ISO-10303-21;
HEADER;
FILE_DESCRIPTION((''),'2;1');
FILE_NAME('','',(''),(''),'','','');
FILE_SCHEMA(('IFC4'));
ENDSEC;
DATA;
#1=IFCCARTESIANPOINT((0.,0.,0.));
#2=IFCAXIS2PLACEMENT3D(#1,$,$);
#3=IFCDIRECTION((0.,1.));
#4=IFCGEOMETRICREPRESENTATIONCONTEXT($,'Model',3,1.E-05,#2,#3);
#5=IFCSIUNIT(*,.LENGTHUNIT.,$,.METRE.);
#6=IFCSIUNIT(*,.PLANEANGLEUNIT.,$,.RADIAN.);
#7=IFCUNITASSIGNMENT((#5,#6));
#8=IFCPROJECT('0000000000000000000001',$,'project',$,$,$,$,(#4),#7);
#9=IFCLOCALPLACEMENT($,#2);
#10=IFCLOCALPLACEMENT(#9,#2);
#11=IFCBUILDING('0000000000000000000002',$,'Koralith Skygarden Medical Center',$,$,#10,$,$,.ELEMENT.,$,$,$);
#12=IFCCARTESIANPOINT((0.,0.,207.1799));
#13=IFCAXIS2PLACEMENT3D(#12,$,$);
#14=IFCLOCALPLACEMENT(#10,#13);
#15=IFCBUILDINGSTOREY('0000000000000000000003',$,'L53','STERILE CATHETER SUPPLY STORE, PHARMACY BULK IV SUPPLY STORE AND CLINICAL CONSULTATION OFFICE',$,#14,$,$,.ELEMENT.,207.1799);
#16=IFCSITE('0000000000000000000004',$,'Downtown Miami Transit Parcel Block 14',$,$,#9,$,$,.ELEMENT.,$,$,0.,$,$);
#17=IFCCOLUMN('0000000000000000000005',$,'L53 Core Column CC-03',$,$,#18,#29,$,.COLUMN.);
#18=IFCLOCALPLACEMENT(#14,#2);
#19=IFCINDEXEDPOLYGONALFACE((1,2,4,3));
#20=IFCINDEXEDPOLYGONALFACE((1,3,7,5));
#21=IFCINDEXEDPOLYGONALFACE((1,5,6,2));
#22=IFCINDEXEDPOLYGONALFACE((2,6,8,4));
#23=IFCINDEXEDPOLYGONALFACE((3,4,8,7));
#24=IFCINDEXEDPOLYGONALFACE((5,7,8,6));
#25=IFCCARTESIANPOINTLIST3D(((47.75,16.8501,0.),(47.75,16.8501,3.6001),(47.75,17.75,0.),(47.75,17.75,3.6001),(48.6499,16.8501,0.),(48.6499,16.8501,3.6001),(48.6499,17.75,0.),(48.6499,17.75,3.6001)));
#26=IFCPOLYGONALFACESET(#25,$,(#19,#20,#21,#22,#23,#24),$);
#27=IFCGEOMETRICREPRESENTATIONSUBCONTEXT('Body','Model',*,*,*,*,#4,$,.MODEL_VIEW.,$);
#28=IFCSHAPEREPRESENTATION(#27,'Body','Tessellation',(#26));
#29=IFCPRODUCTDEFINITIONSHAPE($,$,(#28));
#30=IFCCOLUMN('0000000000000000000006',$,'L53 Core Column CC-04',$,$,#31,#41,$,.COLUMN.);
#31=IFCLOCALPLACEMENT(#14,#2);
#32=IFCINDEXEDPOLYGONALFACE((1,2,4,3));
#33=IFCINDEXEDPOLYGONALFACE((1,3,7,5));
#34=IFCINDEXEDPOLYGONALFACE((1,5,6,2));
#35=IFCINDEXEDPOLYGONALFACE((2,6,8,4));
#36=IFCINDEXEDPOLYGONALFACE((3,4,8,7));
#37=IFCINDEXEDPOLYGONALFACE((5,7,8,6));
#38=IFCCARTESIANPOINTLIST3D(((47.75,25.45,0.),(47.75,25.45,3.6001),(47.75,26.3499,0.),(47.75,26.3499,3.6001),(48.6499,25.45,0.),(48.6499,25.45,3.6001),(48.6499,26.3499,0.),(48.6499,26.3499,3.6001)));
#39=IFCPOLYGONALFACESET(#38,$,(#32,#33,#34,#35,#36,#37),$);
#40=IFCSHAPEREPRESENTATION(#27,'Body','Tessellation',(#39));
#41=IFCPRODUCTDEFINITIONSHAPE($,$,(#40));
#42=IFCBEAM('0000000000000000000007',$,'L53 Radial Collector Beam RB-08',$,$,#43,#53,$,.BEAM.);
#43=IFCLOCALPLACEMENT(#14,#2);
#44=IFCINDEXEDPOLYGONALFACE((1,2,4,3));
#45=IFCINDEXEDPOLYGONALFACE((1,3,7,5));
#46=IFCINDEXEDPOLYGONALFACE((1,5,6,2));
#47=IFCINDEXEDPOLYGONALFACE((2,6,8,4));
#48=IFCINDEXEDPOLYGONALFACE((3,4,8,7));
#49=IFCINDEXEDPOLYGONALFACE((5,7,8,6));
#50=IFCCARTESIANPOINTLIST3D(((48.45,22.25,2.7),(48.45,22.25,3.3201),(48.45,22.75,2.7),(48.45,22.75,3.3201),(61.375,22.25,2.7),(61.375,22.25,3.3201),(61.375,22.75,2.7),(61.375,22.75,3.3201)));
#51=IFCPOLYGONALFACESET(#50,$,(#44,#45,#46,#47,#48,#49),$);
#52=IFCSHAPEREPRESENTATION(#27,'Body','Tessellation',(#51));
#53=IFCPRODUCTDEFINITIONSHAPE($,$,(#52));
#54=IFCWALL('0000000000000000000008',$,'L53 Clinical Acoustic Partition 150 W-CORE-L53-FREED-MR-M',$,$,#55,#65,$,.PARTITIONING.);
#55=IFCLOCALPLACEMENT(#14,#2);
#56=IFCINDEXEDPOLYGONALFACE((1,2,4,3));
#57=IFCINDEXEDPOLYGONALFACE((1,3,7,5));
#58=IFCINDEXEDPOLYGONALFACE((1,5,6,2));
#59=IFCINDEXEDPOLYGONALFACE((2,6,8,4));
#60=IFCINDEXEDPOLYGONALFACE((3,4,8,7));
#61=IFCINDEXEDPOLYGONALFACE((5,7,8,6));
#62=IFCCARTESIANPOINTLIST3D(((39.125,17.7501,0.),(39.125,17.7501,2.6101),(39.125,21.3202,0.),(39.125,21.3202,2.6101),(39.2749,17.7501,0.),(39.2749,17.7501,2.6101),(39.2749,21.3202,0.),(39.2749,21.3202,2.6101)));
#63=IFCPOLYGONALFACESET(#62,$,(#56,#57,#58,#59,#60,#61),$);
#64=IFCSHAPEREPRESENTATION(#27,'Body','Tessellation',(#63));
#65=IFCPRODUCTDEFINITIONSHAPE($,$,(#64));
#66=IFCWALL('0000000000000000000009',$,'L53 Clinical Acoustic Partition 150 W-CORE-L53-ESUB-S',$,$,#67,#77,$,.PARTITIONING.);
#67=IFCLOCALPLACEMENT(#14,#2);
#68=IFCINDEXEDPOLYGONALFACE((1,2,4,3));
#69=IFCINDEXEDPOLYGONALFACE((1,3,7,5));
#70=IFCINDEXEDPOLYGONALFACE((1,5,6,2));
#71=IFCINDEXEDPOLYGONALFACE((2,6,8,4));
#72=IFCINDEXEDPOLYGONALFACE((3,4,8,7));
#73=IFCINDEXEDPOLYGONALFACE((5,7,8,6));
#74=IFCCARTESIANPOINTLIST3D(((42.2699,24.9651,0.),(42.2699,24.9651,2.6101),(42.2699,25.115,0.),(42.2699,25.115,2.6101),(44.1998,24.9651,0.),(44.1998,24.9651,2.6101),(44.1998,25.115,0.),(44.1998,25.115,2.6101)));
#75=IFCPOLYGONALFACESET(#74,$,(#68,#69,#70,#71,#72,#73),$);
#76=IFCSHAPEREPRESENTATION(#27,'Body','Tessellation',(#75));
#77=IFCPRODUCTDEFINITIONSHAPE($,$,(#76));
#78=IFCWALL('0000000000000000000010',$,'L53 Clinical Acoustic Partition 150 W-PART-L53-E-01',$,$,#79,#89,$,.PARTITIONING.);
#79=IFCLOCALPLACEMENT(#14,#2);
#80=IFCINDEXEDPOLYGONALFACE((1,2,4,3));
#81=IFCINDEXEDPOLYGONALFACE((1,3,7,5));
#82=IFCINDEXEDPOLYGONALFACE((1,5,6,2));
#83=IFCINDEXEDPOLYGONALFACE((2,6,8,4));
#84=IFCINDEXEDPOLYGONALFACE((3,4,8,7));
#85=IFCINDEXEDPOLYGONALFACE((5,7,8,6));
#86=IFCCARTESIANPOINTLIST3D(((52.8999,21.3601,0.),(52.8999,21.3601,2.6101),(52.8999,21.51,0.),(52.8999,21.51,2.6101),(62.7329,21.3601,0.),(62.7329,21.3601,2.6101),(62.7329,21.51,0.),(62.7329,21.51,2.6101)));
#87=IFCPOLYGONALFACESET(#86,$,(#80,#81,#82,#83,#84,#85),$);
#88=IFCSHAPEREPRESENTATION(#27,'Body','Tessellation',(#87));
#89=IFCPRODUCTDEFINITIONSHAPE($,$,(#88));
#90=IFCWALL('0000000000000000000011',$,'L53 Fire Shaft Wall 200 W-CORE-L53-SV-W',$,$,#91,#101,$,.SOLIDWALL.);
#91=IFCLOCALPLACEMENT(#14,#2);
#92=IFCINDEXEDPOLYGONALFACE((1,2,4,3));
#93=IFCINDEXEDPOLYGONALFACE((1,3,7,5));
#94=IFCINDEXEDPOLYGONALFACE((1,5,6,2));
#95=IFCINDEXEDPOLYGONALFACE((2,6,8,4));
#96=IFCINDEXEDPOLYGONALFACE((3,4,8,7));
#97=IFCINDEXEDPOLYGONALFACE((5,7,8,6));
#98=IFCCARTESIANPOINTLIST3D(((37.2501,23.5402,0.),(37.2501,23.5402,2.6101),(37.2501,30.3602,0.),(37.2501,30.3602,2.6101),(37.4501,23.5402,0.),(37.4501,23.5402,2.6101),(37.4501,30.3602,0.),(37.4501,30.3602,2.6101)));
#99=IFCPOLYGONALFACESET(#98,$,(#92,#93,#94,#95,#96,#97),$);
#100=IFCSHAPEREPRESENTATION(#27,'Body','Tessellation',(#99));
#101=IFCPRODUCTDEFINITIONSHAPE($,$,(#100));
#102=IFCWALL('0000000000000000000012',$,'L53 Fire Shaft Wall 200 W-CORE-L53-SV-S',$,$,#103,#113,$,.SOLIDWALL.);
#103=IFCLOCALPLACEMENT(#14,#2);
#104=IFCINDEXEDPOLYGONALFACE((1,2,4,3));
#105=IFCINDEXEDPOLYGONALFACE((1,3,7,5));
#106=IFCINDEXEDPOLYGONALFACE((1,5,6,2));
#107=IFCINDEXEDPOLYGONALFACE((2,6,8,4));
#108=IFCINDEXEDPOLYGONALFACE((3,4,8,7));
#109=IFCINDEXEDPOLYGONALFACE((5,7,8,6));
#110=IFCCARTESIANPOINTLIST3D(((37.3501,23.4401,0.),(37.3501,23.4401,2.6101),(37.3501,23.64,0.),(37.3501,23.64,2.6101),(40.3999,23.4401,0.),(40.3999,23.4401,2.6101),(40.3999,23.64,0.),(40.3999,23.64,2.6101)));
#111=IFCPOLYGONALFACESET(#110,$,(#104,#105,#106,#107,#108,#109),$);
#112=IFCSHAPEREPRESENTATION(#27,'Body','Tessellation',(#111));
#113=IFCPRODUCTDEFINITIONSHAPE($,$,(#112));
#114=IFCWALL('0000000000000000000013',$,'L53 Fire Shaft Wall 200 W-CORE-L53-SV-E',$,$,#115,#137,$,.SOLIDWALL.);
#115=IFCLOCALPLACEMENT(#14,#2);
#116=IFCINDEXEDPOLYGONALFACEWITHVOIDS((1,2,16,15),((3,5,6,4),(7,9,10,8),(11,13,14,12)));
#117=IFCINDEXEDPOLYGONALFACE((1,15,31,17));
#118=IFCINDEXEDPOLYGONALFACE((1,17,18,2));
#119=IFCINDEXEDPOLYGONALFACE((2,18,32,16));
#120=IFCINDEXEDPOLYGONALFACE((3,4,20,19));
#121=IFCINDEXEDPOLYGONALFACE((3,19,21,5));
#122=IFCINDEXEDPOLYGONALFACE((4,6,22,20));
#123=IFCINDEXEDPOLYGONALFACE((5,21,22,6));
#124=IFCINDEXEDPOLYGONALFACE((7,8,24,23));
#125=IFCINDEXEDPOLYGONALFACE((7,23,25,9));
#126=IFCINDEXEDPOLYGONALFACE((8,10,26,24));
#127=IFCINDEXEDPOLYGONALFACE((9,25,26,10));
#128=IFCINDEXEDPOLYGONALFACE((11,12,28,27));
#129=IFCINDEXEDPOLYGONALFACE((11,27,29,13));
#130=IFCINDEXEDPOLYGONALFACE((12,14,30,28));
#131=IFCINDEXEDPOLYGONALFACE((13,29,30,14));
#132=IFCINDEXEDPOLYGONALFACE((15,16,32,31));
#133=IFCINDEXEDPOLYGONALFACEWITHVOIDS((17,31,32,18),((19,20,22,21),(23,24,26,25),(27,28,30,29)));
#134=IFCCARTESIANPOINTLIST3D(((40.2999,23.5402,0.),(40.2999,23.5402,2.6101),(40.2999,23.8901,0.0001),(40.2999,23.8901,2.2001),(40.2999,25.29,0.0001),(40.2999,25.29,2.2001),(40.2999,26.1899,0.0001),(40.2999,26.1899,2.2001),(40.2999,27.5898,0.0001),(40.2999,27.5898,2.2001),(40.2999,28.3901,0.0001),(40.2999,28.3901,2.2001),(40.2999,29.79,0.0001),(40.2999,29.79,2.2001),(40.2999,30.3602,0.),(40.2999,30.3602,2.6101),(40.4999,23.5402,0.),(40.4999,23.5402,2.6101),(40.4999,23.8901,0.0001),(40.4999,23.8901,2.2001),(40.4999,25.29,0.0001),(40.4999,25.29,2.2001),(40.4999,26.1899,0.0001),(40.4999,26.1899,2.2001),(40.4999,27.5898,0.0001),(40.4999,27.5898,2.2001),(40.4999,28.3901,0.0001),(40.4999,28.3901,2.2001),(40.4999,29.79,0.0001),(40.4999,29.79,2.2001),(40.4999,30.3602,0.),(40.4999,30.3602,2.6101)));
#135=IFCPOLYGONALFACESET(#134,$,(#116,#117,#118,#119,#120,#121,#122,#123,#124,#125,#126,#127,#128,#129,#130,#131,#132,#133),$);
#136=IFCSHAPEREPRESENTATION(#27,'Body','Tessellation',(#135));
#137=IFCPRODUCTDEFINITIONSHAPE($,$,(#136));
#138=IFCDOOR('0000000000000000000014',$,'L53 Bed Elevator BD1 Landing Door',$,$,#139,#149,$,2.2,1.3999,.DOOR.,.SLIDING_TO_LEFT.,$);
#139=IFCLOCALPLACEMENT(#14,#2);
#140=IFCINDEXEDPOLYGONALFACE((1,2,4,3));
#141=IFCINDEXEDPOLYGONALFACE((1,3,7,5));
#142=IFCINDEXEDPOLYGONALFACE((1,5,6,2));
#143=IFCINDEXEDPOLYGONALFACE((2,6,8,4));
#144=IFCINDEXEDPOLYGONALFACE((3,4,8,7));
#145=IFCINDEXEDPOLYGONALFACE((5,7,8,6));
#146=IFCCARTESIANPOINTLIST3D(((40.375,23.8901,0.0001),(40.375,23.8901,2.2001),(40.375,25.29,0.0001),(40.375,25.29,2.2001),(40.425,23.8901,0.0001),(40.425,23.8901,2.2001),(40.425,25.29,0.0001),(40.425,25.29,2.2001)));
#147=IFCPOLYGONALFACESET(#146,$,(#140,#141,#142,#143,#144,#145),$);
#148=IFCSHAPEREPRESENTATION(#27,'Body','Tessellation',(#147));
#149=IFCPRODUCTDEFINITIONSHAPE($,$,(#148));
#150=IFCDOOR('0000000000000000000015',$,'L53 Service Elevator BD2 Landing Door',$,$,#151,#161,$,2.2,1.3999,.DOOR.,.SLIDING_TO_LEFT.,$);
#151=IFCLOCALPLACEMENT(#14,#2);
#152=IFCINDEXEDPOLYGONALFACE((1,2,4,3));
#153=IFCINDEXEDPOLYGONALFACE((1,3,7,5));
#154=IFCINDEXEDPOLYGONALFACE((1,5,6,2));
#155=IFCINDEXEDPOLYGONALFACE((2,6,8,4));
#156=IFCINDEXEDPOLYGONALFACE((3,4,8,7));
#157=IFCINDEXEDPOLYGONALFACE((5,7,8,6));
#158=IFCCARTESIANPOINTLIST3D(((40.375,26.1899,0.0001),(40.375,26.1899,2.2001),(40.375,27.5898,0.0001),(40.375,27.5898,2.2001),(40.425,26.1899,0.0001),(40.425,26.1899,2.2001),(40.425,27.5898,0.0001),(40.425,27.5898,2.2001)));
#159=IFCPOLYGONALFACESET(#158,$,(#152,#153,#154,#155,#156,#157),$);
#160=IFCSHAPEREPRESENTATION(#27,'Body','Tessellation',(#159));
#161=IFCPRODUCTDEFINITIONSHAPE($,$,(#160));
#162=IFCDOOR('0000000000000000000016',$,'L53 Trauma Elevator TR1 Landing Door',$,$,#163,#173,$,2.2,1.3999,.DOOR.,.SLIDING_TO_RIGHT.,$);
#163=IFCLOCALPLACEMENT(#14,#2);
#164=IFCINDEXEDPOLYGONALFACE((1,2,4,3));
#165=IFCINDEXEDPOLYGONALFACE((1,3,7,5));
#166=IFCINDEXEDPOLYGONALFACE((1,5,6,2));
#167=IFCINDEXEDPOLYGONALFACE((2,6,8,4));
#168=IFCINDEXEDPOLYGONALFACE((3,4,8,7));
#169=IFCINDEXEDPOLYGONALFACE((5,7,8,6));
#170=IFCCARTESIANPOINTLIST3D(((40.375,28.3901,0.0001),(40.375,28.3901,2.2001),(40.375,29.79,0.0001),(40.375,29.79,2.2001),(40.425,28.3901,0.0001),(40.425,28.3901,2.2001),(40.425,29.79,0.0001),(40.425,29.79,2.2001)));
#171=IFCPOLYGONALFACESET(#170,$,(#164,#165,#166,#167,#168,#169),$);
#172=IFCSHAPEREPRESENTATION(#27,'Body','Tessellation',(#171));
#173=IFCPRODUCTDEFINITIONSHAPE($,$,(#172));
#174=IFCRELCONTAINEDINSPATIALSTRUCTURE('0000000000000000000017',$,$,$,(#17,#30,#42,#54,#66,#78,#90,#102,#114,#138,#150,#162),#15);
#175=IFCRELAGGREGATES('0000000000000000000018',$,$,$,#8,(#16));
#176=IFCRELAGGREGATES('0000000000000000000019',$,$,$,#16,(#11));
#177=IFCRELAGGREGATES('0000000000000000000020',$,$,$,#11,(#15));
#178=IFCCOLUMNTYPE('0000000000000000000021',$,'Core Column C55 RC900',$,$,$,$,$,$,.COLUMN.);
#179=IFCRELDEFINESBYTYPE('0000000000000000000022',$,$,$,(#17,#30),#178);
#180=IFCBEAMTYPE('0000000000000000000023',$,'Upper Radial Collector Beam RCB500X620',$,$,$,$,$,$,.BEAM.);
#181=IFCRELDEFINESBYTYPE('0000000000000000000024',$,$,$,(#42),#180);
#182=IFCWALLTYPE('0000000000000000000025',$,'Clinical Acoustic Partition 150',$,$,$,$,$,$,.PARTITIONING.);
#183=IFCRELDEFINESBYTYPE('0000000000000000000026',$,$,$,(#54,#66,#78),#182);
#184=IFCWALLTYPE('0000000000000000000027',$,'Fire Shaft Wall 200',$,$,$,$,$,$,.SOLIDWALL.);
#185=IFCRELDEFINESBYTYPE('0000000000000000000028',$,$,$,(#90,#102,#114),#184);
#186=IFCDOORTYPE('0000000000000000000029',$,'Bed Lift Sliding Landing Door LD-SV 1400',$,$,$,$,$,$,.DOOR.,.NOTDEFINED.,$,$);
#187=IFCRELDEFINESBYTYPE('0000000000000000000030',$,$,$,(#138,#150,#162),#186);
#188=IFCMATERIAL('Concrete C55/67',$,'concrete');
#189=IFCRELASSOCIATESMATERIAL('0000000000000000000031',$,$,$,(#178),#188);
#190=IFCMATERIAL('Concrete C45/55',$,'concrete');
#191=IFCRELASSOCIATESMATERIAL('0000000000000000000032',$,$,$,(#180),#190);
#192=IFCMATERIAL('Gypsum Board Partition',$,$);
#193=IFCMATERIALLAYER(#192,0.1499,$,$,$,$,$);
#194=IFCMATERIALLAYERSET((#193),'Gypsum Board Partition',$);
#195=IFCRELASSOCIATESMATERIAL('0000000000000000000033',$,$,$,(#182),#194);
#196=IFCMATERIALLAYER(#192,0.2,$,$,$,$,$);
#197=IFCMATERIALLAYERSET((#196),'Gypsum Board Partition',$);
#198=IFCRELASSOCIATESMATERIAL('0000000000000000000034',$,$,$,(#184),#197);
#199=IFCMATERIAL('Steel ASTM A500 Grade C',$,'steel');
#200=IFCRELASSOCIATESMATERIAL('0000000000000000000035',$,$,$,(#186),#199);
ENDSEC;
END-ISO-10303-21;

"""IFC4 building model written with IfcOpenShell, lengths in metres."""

from ifc_helpers import new_model, si_unit, direction, frame, frame_2d, origin, origin_2d, place, context, subcontext, project, spatial, rectangle, extrude, material, layer, layer_set, material_profile, profile_set, type_object, element, fill, save


model = new_model("IFC4")

# Units and contexts
model_context = context("Model", 3, precision=1e-05, world=origin(), true_north=direction((0.0, 1.0)))
body_context = subcontext(model_context, "Body", "Model", "MODEL_VIEW")
ifc_project = project(units=[si_unit("LENGTHUNIT", "METRE"), si_unit("PLANEANGLEUNIT", "RADIAN")], contexts=[model_context])

# Site, building, storey
site_placement = place(None, origin())
site = spatial("IfcSite", under=ifc_project, at=site_placement, Name="Downtown Miami Transit Parcel Block 14", CompositionType="ELEMENT", RefElevation=0.0)
building_placement = place(site_placement, origin())
building = spatial("IfcBuilding", under=site, at=building_placement, Name="Koralith Skygarden Medical Center", CompositionType="ELEMENT")
storey_placement = place(building_placement, frame((0.0, 0.0, 207.1799)))
storey = spatial("IfcBuildingStorey", under=building, at=storey_placement, Name="L53", Description="STERILE CATHETER SUPPLY STORE, PHARMACY BULK IV SUPPLY STORE AND CLINICAL CONSULTATION OFFICE", CompositionType="ELEMENT", Elevation=207.1799)

# Columns
ifc_material_1 = material(Name="Concrete C55/67", Category="concrete")
ifc_material_profile_1 = material_profile(ifc_material_1, rectangle(XDim=0.8999, YDim=0.8999, at=origin_2d()), Name="RC900X900")
ifc_profile_set_1 = profile_set([ifc_material_profile_1], Name="Concrete C55/67")
column_type = type_object("IfcColumnType", Name="Core Column C55 RC900", PredefinedType="COLUMN", material=ifc_profile_set_1)
for number, where, z_axis, x_axis, name in (
    (1, (48.2, 17.3, 0.0), (0.0, 0.0, 1.0), (1.0, 0.0, 0.0), "L53 Core Column CC-03"),
    (2, (48.2, 25.8999, 0.0), (0.0, 0.0, 1.0), (1.0, 0.0, 0.0), "L53 Core Column CC-04"),
):
    element("IfcColumn", number, at=place(storey_placement, frame(where, z_axis=z_axis, x_axis=x_axis)), inside=storey, type_object=column_type, Name=name, PredefinedType="COLUMN", context=body_context, shape_type="SweptSolid", body=[
        extrude(rectangle(XDim=0.8999, YDim=0.8999, at=origin_2d()), origin(), (0.0, 0.0, 1.0), 3.6001),
    ])

# Beam
ifc_material_2 = material(Name="Concrete C45/55", Category="concrete")
ifc_material_profile_2 = material_profile(ifc_material_2, rectangle(XDim=0.5, YDim=0.6201, at=origin_2d()), Name="RCB500X620")
ifc_profile_set_2 = profile_set([ifc_material_profile_2], Name="Concrete C45/55")
beam_type = type_object("IfcBeamType", Name="Upper Radial Collector Beam RCB500X620", PredefinedType="BEAM", material=ifc_profile_set_2)
beam_placement = place(storey_placement, frame((48.45, 22.5, 3.01), z_axis=(1.0, 0.0, 0.0), x_axis=(0.0, 1.0, 0.0)))
element("IfcBeam", 3, at=beam_placement, inside=storey, type_object=beam_type, Name="L53 Radial Collector Beam RB-08", PredefinedType="BEAM", context=body_context, shape_type="SweptSolid", body=[
    extrude(rectangle(XDim=0.5, YDim=0.6201, at=origin_2d()), origin(), (0.0, 0.0, 1.0), 12.925),
])

# Shared definitions
ifc_material_3 = material(Name="Gypsum Board Partition")
ifc_layer_1 = layer(ifc_material_3, 0.1499)
ifc_layer_set_1 = layer_set([ifc_layer_1], Name="Gypsum Board Partition")
wall_type_1 = type_object("IfcWallType", Name="Clinical Acoustic Partition 150", PredefinedType="PARTITIONING", material=ifc_layer_set_1)

# Wall
wall_1_placement = place(storey_placement, frame((39.2, 17.75, 0.0), z_axis=(0.0, 0.0, 1.0), x_axis=(0.0, 1.0, 0.0)))
element("IfcWall", 4, at=wall_1_placement, inside=storey, type_object=wall_type_1, Name="L53 Clinical Acoustic Partition 150 W-CORE-L53-FREED-MR-M", PredefinedType="PARTITIONING", context=body_context, shape_type="SweptSolid", body=[
    extrude(rectangle(XDim=3.5701, YDim=0.1499, at=frame_2d((1.7852, 0.0))), origin(), (0.0, 0.0, 1.0), 2.6101),
])

# Walls
wall_2_placement = place(storey_placement, frame((42.27, 25.04, 0.0), z_axis=(0.0, 0.0, 1.0), x_axis=(1.0, 0.0, 0.0)))
element("IfcWall", 5, at=wall_2_placement, inside=storey, type_object=wall_type_1, Name="L53 Clinical Acoustic Partition 150 W-CORE-L53-ESUB-S", PredefinedType="PARTITIONING", context=body_context, shape_type="SweptSolid", body=[
    extrude(rectangle(XDim=1.9299, YDim=0.1499, at=frame_2d((0.9648, 0.0))), origin(), (0.0, 0.0, 1.0), 2.6101),
])
wall_3_placement = place(storey_placement, frame((52.8999, 21.4351, 0.0), z_axis=(0.0, 0.0, 1.0), x_axis=(1.0, 0.0, 0.0)))
element("IfcWall", 6, at=wall_3_placement, inside=storey, type_object=wall_type_1, Name="L53 Clinical Acoustic Partition 150 W-PART-L53-E-01", PredefinedType="PARTITIONING", context=body_context, shape_type="SweptSolid", body=[
    extrude(rectangle(XDim=9.833, YDim=0.1499, at=frame_2d((4.9165, 0.0))), origin(), (0.0, 0.0, 1.0), 2.6101),
])

# Shared definitions
ifc_layer_2 = layer(ifc_material_3, 0.2)
ifc_layer_set_2 = layer_set([ifc_layer_2], Name="Gypsum Board Partition")
wall_type_2 = type_object("IfcWallType", Name="Fire Shaft Wall 200", PredefinedType="SOLIDWALL", material=ifc_layer_set_2)
ifc_material_4 = material(Name="Steel ASTM A500 Grade C", Category="steel")

# Walls
wall_4_placement = place(storey_placement, frame((37.3501, 23.54, 0.0), z_axis=(0.0, 0.0, 1.0), x_axis=(0.0, 1.0, 0.0)))
element("IfcWall", 7, at=wall_4_placement, inside=storey, type_object=wall_type_2, Name="L53 Fire Shaft Wall 200 W-CORE-L53-SV-W", PredefinedType="SOLIDWALL", context=body_context, shape_type="SweptSolid", body=[
    extrude(rectangle(XDim=6.8201, YDim=0.2, at=frame_2d((3.4102, 0.0))), origin(), (0.0, 0.0, 1.0), 2.6101),
])
wall_5_placement = place(storey_placement, frame((37.3501, 23.54, 0.0), z_axis=(0.0, 0.0, 1.0), x_axis=(1.0, 0.0, 0.0)))
element("IfcWall", 8, at=wall_5_placement, inside=storey, type_object=wall_type_2, Name="L53 Fire Shaft Wall 200 W-CORE-L53-SV-S", PredefinedType="SOLIDWALL", context=body_context, shape_type="SweptSolid", body=[
    extrude(rectangle(XDim=3.0498, YDim=0.2, at=frame_2d((1.5249, 0.0))), origin(), (0.0, 0.0, 1.0), 2.6101),
])

# Wall, openings, doors
wall_6_placement = place(storey_placement, frame((40.3999, 23.54, 0.0), z_axis=(0.0, 0.0, 1.0), x_axis=(0.0, 1.0, 0.0)))
wall_6 = element("IfcWall", 9, at=wall_6_placement, inside=storey, type_object=wall_type_2, Name="L53 Fire Shaft Wall 200 W-CORE-L53-SV-E", PredefinedType="SOLIDWALL", context=body_context, shape_type="SweptSolid", body=[
    extrude(rectangle(XDim=6.8201, YDim=0.2, at=frame_2d((3.4102, 0.0))), origin(), (0.0, 0.0, 1.0), 2.6101),
])
opening_1_placement = place(wall_6_placement, frame((0.3501, 0.0, 0.0)))
opening_1 = element("IfcOpeningElement", 10, at=opening_1_placement, cuts=wall_6, PredefinedType="OPENING", context=body_context, shape_type="SweptSolid", body=[
    extrude(rectangle(XDim=1.3999, YDim=2.2, at=frame_2d((0.7, 1.1001))), frame((0.0, 0.1099, 0.0), z_axis=(0.0, -1.0, 0.0), x_axis=(1.0, 0.0, 0.0)), (0.0, 0.0, 1.0), 0.22),
])
opening_2_placement = place(wall_6_placement, frame((2.6499, 0.0, 0.0)))
opening_2 = element("IfcOpeningElement", 11, at=opening_2_placement, cuts=wall_6, PredefinedType="OPENING", context=body_context, shape_type="SweptSolid", body=[
    extrude(rectangle(XDim=1.3999, YDim=2.2, at=frame_2d((0.7, 1.1001))), frame((0.0, 0.1099, 0.0), z_axis=(0.0, -1.0, 0.0), x_axis=(1.0, 0.0, 0.0)), (0.0, 0.0, 1.0), 0.22),
])
opening_3_placement = place(wall_6_placement, frame((4.8501, 0.0, 0.0)))
opening_3 = element("IfcOpeningElement", 12, at=opening_3_placement, cuts=wall_6, PredefinedType="OPENING", context=body_context, shape_type="SweptSolid", body=[
    extrude(rectangle(XDim=1.3999, YDim=2.2, at=frame_2d((0.7, 1.1001))), frame((0.0, 0.1099, 0.0), z_axis=(0.0, -1.0, 0.0), x_axis=(1.0, 0.0, 0.0)), (0.0, 0.0, 1.0), 0.22),
])
door_type_1 = type_object("IfcDoorType", Name="Bed Lift Sliding Landing Door LD-SV 1400", OperationType="NOTDEFINED", PredefinedType="DOOR", material=ifc_material_4)
door_1_placement = place(opening_1_placement, origin())
door_1 = element("IfcDoor", 13, at=door_1_placement, inside=storey, type_object=door_type_1, Name="L53 Bed Elevator BD1 Landing Door", OperationType="SLIDING_TO_LEFT", OverallHeight=2.2, OverallWidth=1.3999, PredefinedType="DOOR", context=body_context, shape_type="SweptSolid", body=[
    extrude(rectangle(XDim=1.3999, YDim=2.2, at=frame_2d((0.7, 1.1001))), frame((0.0, 0.0249, 0.0), z_axis=(0.0, -1.0, 0.0), x_axis=(1.0, 0.0, 0.0)), (0.0, 0.0, 1.0), 0.05),
])
fill(opening_1, door_1)
door_2_placement = place(opening_2_placement, origin())
door_2 = element("IfcDoor", 14, at=door_2_placement, inside=storey, type_object=door_type_1, Name="L53 Service Elevator BD2 Landing Door", OperationType="SLIDING_TO_LEFT", OverallHeight=2.2, OverallWidth=1.3999, PredefinedType="DOOR", context=body_context, shape_type="SweptSolid", body=[
    extrude(rectangle(XDim=1.3999, YDim=2.2, at=frame_2d((0.7, 1.1001))), frame((0.0, 0.0249, 0.0), z_axis=(0.0, -1.0, 0.0), x_axis=(1.0, 0.0, 0.0)), (0.0, 0.0, 1.0), 0.05),
])
fill(opening_2, door_2)
door_3_placement = place(opening_3_placement, origin())
door_3 = element("IfcDoor", 15, at=door_3_placement, inside=storey, type_object=door_type_1, Name="L53 Trauma Elevator TR1 Landing Door", OperationType="SLIDING_TO_RIGHT", OverallHeight=2.2, OverallWidth=1.3999, PredefinedType="DOOR", context=body_context, shape_type="SweptSolid", body=[
    extrude(rectangle(XDim=1.3999, YDim=2.2, at=frame_2d((0.7, 1.1001))), frame((0.0, 0.0249, 0.0), z_axis=(0.0, -1.0, 0.0), x_axis=(1.0, 0.0, 0.0)), (0.0, 0.0, 1.0), 0.05),
])
fill(opening_3, door_3)

save(model, "model.ifc")
